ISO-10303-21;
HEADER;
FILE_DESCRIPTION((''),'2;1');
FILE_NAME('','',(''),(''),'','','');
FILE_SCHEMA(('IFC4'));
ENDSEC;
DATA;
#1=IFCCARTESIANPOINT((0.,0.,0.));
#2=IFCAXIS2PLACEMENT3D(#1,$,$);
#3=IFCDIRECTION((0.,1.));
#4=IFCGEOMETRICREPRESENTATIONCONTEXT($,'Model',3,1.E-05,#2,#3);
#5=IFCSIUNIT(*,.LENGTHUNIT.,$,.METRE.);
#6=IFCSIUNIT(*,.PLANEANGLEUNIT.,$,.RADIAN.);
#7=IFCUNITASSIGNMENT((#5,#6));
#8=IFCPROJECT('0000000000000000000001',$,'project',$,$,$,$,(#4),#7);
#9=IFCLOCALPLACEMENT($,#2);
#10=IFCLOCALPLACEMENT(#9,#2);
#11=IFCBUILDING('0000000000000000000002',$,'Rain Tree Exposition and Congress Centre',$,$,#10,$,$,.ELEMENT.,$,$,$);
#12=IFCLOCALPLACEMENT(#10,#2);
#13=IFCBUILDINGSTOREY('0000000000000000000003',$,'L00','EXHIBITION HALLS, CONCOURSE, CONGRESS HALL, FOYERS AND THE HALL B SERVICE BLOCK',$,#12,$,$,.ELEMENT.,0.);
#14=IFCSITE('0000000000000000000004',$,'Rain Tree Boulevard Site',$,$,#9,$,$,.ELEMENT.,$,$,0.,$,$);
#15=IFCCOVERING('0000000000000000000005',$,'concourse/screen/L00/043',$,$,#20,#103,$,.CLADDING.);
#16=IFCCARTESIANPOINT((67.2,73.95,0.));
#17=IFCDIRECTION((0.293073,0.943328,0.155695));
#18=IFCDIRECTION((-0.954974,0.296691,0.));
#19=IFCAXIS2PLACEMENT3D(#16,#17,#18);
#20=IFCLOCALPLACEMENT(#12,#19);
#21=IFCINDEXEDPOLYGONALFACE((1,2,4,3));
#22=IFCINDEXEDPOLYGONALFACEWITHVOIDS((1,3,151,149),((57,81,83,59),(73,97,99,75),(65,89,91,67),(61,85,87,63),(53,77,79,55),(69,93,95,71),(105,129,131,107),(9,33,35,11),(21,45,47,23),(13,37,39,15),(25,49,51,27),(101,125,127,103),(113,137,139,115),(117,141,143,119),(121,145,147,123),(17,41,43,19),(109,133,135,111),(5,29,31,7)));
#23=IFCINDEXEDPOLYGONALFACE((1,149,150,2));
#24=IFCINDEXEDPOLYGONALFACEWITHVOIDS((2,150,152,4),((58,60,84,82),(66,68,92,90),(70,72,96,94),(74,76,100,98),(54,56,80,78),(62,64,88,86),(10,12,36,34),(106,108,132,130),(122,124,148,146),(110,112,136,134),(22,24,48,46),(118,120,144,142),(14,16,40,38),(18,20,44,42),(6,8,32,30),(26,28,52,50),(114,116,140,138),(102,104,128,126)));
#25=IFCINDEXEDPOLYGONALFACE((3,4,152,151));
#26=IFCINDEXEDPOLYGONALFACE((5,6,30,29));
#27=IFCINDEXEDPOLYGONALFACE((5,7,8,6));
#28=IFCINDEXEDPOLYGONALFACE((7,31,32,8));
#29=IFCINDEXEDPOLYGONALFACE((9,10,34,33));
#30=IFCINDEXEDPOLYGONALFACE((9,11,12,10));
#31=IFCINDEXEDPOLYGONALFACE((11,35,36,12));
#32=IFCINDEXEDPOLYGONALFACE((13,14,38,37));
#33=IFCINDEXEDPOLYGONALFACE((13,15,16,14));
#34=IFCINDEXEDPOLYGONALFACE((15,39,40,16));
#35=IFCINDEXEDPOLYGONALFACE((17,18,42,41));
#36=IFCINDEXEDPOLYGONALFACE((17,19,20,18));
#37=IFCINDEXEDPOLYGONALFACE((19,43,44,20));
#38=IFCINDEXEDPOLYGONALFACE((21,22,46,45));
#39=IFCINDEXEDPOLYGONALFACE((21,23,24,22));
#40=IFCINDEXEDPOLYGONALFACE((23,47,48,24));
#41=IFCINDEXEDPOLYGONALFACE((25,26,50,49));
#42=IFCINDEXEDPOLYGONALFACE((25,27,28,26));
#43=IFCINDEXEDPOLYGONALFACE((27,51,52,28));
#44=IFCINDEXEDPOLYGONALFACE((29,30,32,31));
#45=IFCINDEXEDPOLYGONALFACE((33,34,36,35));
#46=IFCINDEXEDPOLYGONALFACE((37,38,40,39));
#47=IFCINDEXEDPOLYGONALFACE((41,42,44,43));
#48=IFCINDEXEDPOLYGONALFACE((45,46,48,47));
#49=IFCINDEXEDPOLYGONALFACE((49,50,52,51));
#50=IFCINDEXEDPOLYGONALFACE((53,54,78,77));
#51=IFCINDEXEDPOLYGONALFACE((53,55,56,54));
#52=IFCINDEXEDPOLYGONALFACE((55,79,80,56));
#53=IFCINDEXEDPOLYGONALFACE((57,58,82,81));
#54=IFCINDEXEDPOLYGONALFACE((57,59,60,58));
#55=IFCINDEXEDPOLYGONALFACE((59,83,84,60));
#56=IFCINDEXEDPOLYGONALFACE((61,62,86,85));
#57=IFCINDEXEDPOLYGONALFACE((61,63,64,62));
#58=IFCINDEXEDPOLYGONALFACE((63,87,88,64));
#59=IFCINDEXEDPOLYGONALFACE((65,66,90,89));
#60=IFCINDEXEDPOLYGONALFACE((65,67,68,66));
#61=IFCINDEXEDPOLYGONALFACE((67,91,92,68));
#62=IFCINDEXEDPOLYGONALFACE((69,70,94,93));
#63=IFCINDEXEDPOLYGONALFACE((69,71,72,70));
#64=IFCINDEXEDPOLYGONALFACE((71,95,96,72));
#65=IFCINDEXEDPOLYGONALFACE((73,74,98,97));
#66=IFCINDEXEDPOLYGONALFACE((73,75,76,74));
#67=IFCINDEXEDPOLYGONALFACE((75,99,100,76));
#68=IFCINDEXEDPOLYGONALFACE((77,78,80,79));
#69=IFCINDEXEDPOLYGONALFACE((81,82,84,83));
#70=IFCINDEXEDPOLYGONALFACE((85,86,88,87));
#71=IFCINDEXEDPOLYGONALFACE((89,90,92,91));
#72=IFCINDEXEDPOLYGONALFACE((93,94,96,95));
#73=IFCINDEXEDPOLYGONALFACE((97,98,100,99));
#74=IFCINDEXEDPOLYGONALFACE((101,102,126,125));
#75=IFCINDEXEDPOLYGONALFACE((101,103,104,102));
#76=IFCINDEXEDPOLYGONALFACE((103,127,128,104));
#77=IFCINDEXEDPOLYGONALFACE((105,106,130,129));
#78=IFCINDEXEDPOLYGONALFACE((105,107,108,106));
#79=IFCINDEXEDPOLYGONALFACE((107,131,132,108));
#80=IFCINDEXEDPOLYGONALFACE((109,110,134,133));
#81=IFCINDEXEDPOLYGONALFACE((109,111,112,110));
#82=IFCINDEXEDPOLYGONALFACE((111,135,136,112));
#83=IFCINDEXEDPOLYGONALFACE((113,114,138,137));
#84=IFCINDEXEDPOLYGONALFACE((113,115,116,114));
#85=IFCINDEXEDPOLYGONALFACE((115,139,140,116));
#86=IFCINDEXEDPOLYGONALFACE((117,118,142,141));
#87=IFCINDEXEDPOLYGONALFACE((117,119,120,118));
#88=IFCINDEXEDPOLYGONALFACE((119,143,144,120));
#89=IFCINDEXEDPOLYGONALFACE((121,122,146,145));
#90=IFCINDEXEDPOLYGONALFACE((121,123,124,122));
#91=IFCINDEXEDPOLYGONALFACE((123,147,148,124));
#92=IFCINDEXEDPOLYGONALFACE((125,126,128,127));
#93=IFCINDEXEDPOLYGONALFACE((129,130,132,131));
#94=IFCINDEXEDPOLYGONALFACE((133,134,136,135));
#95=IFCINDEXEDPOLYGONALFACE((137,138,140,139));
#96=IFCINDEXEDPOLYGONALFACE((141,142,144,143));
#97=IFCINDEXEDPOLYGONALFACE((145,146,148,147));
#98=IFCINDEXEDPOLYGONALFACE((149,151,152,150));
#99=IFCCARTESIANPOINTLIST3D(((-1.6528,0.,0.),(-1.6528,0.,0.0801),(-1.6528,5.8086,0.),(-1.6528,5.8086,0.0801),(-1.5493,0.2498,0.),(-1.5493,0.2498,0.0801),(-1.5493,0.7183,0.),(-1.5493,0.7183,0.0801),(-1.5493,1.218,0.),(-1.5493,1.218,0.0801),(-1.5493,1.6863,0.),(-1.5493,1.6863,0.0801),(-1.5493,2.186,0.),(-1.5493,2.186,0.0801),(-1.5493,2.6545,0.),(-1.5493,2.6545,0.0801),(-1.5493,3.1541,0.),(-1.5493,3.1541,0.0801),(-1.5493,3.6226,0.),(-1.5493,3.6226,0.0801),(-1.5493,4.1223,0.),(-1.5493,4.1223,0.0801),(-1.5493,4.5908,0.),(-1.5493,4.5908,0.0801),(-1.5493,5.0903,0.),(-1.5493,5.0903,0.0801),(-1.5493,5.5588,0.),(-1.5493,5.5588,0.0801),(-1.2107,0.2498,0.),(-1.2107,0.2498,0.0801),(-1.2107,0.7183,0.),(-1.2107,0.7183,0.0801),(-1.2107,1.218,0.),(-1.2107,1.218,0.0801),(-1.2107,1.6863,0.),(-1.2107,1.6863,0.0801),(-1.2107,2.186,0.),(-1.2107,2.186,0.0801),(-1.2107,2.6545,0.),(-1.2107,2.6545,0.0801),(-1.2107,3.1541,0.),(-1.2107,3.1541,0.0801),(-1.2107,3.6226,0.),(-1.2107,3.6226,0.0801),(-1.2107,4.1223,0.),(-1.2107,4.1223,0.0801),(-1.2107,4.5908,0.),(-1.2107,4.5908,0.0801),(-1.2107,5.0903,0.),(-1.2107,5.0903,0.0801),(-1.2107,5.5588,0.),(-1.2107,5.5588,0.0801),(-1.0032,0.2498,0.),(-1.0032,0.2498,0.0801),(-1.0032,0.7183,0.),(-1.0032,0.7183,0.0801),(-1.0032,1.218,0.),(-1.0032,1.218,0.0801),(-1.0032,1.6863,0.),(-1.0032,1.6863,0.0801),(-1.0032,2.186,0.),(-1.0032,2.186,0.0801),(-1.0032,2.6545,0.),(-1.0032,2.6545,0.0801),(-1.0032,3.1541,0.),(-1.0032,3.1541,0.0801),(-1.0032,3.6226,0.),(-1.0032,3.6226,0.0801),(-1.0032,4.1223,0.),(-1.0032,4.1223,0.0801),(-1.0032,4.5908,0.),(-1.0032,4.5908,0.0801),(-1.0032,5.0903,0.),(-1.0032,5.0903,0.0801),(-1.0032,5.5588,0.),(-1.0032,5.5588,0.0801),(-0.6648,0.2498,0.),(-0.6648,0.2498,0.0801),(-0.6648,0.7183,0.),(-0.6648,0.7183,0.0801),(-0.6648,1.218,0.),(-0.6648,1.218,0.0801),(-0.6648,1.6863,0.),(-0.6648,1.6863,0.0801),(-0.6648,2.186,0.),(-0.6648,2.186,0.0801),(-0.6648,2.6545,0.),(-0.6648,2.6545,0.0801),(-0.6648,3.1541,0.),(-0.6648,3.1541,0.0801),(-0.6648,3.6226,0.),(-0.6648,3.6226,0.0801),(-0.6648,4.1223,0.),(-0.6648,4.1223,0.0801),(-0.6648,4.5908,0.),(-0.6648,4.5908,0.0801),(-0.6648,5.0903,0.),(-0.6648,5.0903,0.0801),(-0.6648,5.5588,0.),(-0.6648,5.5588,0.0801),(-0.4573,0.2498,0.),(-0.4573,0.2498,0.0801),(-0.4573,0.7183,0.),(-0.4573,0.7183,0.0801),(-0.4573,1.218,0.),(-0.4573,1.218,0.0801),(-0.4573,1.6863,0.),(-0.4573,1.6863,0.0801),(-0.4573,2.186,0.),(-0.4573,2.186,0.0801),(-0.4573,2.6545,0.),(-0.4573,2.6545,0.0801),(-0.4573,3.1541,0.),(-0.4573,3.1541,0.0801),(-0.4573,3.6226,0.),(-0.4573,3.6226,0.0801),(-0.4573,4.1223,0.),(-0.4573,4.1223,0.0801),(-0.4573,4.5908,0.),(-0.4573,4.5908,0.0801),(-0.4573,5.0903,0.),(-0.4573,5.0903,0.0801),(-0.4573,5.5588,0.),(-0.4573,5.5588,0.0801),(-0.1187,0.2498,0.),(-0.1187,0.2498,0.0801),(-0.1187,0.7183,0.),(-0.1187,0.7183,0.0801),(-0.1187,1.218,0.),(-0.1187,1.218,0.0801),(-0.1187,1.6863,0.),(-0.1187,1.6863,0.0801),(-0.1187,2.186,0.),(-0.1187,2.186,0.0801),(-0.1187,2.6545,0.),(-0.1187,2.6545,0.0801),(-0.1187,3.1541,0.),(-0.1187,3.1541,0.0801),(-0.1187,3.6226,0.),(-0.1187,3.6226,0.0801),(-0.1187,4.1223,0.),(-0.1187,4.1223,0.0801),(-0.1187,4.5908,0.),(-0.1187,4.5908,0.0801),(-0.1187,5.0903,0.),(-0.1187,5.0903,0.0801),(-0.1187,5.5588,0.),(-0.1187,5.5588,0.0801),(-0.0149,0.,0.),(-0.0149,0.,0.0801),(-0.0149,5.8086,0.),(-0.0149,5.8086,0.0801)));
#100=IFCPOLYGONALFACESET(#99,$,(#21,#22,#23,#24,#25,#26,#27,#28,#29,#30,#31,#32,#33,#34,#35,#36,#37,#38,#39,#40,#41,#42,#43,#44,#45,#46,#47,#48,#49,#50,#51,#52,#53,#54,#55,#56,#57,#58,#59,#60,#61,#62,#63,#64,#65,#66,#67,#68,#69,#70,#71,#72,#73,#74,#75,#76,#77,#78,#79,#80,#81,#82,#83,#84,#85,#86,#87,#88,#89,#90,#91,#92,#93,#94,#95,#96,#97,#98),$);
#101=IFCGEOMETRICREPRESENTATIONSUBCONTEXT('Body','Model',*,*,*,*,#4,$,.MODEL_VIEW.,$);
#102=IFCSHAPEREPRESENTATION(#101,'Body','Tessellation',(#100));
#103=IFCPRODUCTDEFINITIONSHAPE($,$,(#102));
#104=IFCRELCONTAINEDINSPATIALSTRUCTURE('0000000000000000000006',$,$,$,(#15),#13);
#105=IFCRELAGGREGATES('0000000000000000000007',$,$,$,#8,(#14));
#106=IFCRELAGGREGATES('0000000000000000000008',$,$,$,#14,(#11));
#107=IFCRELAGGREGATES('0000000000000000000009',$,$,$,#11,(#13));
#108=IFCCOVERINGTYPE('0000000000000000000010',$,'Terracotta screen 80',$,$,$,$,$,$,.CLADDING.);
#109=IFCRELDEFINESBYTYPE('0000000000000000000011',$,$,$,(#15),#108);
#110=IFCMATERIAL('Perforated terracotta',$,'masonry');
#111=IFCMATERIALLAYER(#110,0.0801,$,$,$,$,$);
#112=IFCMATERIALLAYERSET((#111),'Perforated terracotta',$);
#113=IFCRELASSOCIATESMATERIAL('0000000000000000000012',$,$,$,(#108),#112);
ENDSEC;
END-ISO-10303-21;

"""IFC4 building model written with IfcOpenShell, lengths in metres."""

from ifc_helpers import new_model, si_unit, direction, frame, origin, place, context, subcontext, project, spatial, polyline, outline, extrude, material, layer, layer_set, type_object, element, save


model = new_model("IFC4")

# Units and contexts
model_context = context("Model", 3, precision=1e-05, world=origin(), true_north=direction((0.0, 1.0)))
body_context = subcontext(model_context, "Body", "Model", "MODEL_VIEW")
ifc_project = project(units=[si_unit("LENGTHUNIT", "METRE"), si_unit("PLANEANGLEUNIT", "RADIAN")], contexts=[model_context])

# Site, building, storey
site_placement = place(None, origin())
site = spatial("IfcSite", under=ifc_project, at=site_placement, Name="Rain Tree Boulevard Site", CompositionType="ELEMENT", RefElevation=0.0)
building_placement = place(site_placement, origin())
building = spatial("IfcBuilding", under=site, at=building_placement, Name="Rain Tree Exposition and Congress Centre", CompositionType="ELEMENT")
storey_placement = place(building_placement, origin())
storey = spatial("IfcBuildingStorey", under=building, at=storey_placement, Name="L00", Description="EXHIBITION HALLS, CONCOURSE, CONGRESS HALL, FOYERS AND THE HALL B SERVICE BLOCK", CompositionType="ELEMENT", Elevation=0.0)

# Covering
ifc_material_1 = material(Name="Perforated terracotta", Category="masonry")
ifc_layer_1 = layer(ifc_material_1, 0.0801)
ifc_layer_set_1 = layer_set([ifc_layer_1], Name="Perforated terracotta")
covering_type_1 = type_object("IfcCoveringType", Name="Terracotta screen 80", PredefinedType="CLADDING", material=ifc_layer_set_1)
covering_1_placement = place(storey_placement, frame((67.2, 73.95, 0.0), z_axis=(0.293073, 0.943328, 0.155695), x_axis=(-0.954974, 0.296691, 0.0)))
element("IfcCovering", 1, at=covering_1_placement, inside=storey, type_object=covering_type_1, Name="concourse/screen/L00/043", PredefinedType="CLADDING", context=body_context, shape_type="SweptSolid", body=[
    extrude(outline(polyline([(-0.0149, 0.0), (-1.6528, 0.0), (-1.6528, 5.8086), (-0.0149, 5.8086), (-0.0149, 0.0)]), holes=[polyline([(-0.1187, 0.2498), (-0.1187, 0.7183), (-0.4573, 0.7183), (-0.4573, 0.2498), (-0.1187, 0.2498)]), polyline([(-0.1187, 1.218), (-0.1187, 1.6863), (-0.4573, 1.6863), (-0.4573, 1.218), (-0.1187, 1.218)]), polyline([(-0.1187, 2.186), (-0.1187, 2.6545), (-0.4573, 2.6545), (-0.4573, 2.186), (-0.1187, 2.186)]), polyline([(-0.1187, 3.1541), (-0.1187, 3.6226), (-0.4573, 3.6226), (-0.4573, 3.1541), (-0.1187, 3.1541)]), polyline([(-0.1187, 4.1223), (-0.1187, 4.5908), (-0.4573, 4.5908), (-0.4573, 4.1223), (-0.1187, 4.1223)]), polyline([(-0.1187, 5.0903), (-0.1187, 5.5588), (-0.4573, 5.5588), (-0.4573, 5.0903), (-0.1187, 5.0903)]), polyline([(-0.6648, 0.2498), (-0.6648, 0.7183), (-1.0032, 0.7183), (-1.0032, 0.2498), (-0.6648, 0.2498)]), polyline([(-0.6648, 1.218), (-0.6648, 1.6863), (-1.0032, 1.6863), (-1.0032, 1.218), (-0.6648, 1.218)]), polyline([(-0.6648, 2.186), (-0.6648, 2.6545), (-1.0032, 2.6545), (-1.0032, 2.186), (-0.6648, 2.186)]), polyline([(-0.6648, 3.1541), (-0.6648, 3.6226), (-1.0032, 3.6226), (-1.0032, 3.1541), (-0.6648, 3.1541)]), polyline([(-0.6648, 4.1223), (-0.6648, 4.5908), (-1.0032, 4.5908), (-1.0032, 4.1223), (-0.6648, 4.1223)]), polyline([(-0.6648, 5.0903), (-0.6648, 5.5588), (-1.0032, 5.5588), (-1.0032, 5.0903), (-0.6648, 5.0903)]), polyline([(-1.2107, 0.2498), (-1.2107, 0.7183), (-1.5493, 0.7183), (-1.5493, 0.2498), (-1.2107, 0.2498)]), polyline([(-1.2107, 1.218), (-1.2107, 1.6863), (-1.5493, 1.6863), (-1.5493, 1.218), (-1.2107, 1.218)]), polyline([(-1.2107, 2.186), (-1.2107, 2.6545), (-1.5493, 2.6545), (-1.5493, 2.186), (-1.2107, 2.186)]), polyline([(-1.2107, 3.1541), (-1.2107, 3.6226), (-1.5493, 3.6226), (-1.5493, 3.1541), (-1.2107, 3.1541)]), polyline([(-1.2107, 4.1223), (-1.2107, 4.5908), (-1.5493, 4.5908), (-1.5493, 4.1223), (-1.2107, 4.1223)]), polyline([(-1.2107, 5.0903), (-1.2107, 5.5588), (-1.5493, 5.5588), (-1.5493, 5.0903), (-1.2107, 5.0903)])]), origin(), (0.0, 0.0, 1.0), 0.0801),
])

save(model, "model.ifc")
